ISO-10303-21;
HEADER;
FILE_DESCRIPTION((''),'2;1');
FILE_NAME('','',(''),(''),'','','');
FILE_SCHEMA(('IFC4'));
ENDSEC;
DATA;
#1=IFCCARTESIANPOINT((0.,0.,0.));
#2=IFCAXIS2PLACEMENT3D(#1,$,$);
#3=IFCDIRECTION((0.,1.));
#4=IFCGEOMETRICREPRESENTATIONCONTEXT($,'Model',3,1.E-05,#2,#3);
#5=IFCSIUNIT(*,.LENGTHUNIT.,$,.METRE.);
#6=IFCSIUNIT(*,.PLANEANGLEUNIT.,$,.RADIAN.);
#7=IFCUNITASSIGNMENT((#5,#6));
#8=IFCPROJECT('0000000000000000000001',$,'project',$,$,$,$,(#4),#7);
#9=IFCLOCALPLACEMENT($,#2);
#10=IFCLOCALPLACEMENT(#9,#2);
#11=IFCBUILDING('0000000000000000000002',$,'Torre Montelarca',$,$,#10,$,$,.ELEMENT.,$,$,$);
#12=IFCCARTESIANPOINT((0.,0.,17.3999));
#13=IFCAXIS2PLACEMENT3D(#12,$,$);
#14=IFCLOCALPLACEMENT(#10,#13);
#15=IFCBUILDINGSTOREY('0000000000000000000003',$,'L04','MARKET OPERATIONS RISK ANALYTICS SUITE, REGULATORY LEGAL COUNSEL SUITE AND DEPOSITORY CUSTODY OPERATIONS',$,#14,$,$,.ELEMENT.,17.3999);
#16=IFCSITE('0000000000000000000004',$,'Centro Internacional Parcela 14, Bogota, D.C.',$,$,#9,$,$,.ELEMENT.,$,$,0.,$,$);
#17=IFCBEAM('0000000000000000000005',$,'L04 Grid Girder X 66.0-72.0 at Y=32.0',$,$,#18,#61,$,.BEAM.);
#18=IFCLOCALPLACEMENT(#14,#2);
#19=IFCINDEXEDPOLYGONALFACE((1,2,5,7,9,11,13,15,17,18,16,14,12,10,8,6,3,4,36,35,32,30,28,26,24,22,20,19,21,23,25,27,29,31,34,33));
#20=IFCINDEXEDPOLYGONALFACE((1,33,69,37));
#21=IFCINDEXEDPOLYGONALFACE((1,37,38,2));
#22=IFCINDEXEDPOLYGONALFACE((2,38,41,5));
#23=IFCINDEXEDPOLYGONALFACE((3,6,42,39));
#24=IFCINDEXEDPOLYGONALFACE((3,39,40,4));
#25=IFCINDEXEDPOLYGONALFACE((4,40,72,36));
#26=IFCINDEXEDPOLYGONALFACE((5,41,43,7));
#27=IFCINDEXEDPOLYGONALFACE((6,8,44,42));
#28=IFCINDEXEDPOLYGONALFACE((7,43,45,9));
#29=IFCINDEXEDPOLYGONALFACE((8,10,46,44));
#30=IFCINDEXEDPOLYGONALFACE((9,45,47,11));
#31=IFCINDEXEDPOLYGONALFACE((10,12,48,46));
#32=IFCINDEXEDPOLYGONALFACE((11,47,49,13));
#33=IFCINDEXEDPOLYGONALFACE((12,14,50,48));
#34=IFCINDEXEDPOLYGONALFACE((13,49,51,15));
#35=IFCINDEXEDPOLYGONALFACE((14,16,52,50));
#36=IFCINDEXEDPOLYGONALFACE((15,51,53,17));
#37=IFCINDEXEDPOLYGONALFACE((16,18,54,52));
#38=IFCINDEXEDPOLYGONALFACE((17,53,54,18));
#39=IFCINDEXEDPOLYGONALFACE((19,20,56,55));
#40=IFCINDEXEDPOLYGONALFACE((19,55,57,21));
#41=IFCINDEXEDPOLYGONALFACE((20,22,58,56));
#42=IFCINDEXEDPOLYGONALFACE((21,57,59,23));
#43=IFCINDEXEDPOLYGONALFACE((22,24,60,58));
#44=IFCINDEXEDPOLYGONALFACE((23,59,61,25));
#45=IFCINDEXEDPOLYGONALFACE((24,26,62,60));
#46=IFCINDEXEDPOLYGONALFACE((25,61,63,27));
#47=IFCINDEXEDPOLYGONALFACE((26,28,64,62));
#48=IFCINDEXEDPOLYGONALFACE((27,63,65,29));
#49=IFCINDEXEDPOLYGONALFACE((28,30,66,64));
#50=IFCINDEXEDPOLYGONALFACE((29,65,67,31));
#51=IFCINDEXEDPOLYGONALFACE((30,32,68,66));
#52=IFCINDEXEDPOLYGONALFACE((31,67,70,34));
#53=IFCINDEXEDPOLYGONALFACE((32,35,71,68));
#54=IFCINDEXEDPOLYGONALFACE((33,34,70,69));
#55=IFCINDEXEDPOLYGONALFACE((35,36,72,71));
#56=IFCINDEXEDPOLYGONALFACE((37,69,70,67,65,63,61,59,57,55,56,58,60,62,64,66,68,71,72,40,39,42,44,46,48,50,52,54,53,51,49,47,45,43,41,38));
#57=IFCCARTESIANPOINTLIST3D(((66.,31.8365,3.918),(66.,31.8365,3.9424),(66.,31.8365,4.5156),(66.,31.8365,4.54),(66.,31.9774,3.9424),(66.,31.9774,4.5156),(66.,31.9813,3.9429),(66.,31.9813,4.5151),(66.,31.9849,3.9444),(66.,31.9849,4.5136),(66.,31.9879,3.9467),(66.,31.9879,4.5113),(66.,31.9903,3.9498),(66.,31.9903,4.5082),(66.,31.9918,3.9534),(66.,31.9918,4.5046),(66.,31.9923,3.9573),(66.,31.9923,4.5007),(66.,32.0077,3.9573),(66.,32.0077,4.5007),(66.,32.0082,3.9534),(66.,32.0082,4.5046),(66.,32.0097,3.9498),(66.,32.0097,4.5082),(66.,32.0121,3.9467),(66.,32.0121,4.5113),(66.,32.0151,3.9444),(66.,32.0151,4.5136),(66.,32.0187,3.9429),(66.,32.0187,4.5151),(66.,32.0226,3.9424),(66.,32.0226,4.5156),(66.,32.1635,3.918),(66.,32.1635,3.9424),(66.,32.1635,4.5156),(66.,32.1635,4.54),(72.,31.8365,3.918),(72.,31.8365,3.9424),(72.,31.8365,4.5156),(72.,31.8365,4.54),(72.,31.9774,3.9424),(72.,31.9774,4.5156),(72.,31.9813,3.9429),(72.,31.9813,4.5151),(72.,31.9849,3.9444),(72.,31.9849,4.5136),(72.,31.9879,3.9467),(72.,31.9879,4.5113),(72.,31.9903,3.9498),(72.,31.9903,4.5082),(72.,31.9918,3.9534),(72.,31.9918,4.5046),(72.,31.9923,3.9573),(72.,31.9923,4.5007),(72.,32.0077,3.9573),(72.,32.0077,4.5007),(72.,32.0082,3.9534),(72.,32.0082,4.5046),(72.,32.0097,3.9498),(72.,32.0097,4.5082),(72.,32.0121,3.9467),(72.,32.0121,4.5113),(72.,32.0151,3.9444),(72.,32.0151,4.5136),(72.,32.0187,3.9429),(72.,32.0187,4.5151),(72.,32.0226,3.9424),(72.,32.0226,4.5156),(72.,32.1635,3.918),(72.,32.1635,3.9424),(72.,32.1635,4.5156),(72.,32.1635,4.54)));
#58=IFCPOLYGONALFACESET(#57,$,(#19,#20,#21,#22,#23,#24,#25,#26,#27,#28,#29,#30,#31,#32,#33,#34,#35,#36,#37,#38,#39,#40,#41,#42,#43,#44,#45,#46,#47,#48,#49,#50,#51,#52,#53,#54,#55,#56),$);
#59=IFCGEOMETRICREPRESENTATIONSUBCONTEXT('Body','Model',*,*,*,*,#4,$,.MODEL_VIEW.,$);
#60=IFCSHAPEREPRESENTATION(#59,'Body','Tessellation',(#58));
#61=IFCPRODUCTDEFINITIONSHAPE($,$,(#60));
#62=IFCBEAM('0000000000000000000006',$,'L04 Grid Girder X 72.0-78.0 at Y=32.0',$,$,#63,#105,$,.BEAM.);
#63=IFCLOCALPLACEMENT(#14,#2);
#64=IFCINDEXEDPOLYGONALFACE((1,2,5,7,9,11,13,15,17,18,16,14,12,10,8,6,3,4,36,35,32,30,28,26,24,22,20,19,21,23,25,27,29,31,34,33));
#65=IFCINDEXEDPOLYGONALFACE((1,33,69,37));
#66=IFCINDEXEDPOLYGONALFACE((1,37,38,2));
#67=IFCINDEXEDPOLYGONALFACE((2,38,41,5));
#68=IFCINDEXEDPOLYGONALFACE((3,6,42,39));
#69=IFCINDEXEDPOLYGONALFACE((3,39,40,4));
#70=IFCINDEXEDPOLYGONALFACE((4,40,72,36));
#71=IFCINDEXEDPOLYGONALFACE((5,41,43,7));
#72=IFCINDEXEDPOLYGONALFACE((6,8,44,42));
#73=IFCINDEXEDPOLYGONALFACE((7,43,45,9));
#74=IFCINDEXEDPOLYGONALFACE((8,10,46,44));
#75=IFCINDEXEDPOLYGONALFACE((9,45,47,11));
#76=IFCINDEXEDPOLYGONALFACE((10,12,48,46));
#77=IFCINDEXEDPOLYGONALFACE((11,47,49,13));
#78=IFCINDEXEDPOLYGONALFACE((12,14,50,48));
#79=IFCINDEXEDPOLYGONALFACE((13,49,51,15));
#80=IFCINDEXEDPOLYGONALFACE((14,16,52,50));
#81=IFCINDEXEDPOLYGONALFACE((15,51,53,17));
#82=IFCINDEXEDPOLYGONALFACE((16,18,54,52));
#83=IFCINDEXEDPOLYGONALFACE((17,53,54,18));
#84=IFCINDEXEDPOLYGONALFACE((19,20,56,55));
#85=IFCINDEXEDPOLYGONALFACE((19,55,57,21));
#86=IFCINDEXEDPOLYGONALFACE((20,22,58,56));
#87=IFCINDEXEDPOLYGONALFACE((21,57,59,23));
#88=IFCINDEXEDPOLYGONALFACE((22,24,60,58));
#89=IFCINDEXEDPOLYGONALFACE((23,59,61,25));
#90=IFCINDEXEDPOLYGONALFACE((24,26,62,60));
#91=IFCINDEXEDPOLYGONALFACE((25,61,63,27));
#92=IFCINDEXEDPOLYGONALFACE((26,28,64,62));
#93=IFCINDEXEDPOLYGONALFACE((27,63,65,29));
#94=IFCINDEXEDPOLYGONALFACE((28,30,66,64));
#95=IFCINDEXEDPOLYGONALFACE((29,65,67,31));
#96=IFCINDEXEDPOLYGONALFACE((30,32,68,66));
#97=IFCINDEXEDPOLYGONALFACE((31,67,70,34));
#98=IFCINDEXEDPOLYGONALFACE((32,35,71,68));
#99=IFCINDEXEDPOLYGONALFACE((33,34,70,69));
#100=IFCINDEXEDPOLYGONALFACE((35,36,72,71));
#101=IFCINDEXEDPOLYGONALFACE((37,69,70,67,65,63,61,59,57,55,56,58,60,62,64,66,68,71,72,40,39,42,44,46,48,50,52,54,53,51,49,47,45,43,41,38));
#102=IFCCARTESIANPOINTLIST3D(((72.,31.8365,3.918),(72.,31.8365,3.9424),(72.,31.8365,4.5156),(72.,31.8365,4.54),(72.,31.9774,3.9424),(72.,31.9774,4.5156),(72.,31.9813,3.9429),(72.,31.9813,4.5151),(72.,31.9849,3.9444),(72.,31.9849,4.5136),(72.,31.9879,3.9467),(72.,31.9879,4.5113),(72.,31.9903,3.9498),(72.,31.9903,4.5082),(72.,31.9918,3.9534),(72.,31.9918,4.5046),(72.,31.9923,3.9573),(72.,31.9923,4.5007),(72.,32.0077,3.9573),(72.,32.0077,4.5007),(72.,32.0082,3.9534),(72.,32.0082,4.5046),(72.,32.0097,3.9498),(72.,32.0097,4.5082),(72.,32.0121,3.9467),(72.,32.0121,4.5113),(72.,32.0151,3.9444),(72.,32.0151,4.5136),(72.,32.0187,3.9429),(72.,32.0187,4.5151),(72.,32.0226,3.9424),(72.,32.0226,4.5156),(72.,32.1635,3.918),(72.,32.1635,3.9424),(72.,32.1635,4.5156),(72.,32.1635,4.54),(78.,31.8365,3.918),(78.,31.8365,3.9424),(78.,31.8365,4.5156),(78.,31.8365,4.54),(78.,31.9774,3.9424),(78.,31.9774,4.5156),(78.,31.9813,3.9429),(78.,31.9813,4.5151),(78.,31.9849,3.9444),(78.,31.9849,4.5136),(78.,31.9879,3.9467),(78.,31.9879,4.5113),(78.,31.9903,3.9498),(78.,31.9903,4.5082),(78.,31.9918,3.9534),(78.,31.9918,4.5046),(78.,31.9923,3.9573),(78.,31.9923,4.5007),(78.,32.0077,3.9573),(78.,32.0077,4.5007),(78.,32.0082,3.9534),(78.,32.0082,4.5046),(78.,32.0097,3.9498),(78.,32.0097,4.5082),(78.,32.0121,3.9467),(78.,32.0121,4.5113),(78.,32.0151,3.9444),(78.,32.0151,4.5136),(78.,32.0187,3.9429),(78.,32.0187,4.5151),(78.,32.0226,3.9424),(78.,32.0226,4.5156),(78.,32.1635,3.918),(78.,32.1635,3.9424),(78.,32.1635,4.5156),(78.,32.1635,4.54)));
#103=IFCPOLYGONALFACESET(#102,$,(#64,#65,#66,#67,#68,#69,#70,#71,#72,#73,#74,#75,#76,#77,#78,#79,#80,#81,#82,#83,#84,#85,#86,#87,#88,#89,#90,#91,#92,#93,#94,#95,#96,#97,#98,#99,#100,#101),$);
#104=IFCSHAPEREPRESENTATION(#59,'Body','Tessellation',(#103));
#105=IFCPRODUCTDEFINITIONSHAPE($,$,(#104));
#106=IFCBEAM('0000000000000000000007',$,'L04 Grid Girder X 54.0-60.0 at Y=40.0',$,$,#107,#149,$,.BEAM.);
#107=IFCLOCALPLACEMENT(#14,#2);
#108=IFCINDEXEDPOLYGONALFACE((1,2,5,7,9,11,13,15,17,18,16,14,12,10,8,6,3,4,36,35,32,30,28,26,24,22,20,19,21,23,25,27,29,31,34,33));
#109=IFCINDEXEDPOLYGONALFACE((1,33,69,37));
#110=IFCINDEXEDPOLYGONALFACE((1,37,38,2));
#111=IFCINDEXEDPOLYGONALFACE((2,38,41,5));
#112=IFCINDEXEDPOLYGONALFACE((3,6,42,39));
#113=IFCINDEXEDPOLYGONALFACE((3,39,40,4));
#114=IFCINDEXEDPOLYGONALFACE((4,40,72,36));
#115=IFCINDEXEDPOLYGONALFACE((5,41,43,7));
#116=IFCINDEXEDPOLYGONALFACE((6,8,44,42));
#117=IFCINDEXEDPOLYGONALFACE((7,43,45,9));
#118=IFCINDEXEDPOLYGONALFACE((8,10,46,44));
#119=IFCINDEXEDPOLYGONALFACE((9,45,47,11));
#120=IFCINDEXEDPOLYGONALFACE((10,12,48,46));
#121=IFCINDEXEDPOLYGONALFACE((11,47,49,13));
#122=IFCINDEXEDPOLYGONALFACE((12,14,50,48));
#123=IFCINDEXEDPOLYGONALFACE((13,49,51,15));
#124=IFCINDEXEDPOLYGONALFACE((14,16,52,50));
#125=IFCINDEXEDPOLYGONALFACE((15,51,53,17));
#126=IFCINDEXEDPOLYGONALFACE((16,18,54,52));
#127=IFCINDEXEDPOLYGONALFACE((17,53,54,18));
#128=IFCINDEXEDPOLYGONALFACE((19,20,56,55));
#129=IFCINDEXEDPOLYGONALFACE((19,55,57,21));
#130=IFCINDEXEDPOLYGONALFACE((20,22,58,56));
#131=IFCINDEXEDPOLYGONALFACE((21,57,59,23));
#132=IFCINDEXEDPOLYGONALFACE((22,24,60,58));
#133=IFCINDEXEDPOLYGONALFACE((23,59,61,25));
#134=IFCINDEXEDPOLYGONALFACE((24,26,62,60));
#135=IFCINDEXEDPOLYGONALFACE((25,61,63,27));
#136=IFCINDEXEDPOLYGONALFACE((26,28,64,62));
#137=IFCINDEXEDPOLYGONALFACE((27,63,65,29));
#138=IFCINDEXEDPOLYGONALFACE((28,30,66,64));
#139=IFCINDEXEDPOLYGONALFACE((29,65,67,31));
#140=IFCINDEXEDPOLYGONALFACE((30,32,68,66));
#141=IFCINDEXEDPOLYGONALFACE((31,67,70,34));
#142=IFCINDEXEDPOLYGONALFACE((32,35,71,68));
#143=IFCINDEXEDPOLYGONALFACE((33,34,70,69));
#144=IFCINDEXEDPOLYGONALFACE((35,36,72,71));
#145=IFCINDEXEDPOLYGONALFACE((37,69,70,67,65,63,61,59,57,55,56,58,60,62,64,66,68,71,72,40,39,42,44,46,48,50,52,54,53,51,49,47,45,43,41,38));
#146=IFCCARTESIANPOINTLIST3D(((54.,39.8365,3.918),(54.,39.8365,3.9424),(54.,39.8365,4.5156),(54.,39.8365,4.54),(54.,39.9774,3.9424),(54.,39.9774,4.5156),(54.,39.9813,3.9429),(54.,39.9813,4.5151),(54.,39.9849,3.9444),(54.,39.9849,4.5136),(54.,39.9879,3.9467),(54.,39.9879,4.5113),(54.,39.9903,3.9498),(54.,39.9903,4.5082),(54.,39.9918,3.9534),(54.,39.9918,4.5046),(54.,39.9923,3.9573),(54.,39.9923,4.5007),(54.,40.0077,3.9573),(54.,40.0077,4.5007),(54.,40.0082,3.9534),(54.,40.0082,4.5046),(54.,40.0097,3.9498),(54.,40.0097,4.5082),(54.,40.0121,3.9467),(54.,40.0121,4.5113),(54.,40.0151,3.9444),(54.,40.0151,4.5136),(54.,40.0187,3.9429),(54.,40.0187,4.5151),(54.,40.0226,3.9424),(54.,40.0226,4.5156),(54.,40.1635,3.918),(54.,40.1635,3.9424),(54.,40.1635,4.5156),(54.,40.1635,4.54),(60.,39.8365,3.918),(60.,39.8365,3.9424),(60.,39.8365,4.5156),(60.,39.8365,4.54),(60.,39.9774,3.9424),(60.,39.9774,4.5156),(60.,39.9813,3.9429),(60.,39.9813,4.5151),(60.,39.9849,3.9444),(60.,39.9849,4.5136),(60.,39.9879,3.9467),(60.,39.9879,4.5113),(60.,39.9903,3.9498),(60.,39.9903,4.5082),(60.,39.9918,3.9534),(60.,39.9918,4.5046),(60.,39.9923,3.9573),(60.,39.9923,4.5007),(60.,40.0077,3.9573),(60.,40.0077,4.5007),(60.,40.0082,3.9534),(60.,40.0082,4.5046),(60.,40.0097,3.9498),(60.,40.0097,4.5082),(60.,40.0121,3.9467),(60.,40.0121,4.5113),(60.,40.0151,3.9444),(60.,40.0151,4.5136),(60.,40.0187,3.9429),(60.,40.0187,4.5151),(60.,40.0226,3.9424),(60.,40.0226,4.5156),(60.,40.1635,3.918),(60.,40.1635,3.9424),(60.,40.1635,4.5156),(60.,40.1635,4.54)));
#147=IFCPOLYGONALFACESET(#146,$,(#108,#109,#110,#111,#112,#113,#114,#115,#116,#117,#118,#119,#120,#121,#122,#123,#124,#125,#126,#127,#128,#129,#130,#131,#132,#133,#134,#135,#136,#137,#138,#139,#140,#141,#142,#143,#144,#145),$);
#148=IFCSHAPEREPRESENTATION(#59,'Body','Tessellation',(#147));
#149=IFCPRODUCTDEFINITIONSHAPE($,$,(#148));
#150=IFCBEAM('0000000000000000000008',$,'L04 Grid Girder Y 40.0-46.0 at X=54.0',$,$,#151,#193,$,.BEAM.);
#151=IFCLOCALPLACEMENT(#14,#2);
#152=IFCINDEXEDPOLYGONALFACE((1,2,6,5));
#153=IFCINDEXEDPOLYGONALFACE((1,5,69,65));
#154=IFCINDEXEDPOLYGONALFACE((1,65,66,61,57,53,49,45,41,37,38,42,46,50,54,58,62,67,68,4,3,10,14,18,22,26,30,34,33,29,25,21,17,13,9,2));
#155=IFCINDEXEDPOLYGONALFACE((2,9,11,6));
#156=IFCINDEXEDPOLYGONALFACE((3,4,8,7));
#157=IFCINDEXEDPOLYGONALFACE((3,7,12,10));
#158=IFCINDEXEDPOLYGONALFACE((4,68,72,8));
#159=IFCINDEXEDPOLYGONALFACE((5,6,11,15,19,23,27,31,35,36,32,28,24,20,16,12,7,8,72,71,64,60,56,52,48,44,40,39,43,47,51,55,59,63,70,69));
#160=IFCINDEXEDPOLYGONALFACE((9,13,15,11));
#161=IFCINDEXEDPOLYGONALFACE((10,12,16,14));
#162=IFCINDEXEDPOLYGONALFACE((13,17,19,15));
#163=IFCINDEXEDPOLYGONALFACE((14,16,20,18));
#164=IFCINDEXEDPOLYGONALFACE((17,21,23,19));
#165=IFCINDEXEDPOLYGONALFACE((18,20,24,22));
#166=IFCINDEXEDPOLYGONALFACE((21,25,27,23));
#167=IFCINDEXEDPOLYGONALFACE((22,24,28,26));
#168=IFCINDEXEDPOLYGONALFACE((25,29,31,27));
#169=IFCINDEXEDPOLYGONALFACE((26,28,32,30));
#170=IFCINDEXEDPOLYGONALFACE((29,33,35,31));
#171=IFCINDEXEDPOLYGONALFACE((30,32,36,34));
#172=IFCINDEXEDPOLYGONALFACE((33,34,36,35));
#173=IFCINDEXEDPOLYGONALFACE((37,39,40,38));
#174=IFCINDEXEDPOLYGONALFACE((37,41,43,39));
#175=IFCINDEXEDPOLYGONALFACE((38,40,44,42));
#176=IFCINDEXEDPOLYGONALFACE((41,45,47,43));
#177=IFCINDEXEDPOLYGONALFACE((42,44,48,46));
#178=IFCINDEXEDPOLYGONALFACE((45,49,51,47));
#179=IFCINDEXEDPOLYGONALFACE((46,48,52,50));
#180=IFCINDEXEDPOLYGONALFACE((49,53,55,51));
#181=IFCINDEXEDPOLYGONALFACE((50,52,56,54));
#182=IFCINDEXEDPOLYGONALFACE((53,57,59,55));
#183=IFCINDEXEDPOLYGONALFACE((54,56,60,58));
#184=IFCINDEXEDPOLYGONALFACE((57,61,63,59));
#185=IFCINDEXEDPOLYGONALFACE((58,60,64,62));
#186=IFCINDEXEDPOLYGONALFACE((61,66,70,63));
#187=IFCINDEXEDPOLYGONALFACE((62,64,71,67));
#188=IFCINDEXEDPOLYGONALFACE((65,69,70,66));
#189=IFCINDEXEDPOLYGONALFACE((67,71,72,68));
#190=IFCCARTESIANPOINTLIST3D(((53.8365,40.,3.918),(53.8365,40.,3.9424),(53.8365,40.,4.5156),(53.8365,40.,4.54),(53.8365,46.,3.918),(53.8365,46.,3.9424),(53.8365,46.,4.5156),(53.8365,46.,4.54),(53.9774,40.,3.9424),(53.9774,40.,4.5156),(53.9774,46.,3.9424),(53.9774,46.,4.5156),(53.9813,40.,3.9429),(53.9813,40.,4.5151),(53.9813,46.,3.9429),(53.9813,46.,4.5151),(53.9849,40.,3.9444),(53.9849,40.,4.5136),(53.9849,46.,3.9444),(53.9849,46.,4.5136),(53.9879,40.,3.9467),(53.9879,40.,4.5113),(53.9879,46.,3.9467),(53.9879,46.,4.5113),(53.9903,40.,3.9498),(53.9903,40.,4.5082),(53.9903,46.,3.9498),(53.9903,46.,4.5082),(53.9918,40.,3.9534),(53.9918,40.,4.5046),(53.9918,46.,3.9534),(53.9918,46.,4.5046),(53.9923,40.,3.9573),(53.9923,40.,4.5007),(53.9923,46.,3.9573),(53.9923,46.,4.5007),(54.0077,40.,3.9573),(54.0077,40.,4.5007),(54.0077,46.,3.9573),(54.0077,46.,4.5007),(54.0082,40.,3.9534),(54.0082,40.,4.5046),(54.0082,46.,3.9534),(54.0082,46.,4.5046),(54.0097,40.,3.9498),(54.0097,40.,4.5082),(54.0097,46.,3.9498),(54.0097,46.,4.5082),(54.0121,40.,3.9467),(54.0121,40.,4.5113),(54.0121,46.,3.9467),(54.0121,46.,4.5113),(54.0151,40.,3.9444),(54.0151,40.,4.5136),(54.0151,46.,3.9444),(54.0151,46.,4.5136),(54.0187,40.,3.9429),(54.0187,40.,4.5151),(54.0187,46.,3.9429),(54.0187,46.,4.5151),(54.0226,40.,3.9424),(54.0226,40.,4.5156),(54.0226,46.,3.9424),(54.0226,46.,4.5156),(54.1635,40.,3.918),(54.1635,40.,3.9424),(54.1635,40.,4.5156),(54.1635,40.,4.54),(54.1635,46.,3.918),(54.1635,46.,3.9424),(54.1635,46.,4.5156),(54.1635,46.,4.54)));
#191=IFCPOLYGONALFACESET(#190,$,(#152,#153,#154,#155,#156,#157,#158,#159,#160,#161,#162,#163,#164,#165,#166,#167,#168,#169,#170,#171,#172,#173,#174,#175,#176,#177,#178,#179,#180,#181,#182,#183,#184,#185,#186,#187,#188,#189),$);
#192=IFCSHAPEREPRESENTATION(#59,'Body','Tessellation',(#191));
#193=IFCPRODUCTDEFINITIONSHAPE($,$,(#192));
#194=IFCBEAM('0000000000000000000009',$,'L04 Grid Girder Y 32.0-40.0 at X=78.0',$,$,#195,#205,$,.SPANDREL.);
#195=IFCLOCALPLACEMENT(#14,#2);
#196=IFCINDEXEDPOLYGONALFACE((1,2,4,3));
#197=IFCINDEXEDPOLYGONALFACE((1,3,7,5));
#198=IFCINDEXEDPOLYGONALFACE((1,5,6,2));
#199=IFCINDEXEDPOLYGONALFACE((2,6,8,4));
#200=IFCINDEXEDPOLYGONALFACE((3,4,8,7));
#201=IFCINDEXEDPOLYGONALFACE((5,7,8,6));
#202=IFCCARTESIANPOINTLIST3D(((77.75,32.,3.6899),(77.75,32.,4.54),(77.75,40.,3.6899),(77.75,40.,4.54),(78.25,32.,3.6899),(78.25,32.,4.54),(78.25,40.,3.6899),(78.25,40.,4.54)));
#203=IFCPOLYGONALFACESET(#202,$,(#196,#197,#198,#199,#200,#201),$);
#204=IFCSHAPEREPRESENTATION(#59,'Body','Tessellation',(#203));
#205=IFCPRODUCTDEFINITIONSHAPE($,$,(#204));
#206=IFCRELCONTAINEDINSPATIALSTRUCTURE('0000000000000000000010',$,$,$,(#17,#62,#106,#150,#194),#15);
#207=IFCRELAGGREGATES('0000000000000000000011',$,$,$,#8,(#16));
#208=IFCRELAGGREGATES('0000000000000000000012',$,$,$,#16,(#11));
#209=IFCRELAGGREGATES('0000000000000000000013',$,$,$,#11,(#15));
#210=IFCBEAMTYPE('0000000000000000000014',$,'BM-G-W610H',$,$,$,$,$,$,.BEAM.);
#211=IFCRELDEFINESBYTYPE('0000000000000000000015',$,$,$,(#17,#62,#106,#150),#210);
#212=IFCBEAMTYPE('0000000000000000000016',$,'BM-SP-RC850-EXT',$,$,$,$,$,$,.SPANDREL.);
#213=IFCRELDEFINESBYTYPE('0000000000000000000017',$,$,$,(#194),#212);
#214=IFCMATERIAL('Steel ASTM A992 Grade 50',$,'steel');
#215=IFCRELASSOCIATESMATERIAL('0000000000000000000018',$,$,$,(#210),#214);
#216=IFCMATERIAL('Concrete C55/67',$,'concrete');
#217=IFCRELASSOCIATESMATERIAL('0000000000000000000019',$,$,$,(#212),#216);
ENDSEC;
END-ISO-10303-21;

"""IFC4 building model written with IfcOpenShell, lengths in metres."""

from ifc_helpers import new_model, si_unit, direction, frame, origin, origin_2d, place, context, subcontext, project, spatial, rectangle, i_section, extrude, source, transform, mapped, material, material_profile, profile_set, type_object, element, save


model = new_model("IFC4")

# Units and contexts
model_context = context("Model", 3, precision=1e-05, world=origin(), true_north=direction((0.0, 1.0)))
body_context = subcontext(model_context, "Body", "Model", "MODEL_VIEW")
ifc_project = project(units=[si_unit("LENGTHUNIT", "METRE"), si_unit("PLANEANGLEUNIT", "RADIAN")], contexts=[model_context])

# Site, building, storey
site_placement = place(None, origin())
site = spatial("IfcSite", under=ifc_project, at=site_placement, Name="Centro Internacional Parcela 14, Bogota, D.C.", CompositionType="ELEMENT", RefElevation=0.0)
building_placement = place(site_placement, origin())
building = spatial("IfcBuilding", under=site, at=building_placement, Name="Torre Montelarca", CompositionType="ELEMENT")
storey_placement = place(building_placement, frame((0.0, 0.0, 17.3999)))
storey = spatial("IfcBuildingStorey", under=building, at=storey_placement, Name="L04", Description="MARKET OPERATIONS RISK ANALYTICS SUITE, REGULATORY LEGAL COUNSEL SUITE AND DEPOSITORY CUSTODY OPERATIONS", CompositionType="ELEMENT", Elevation=17.3999)

# Shared definitions
ifc_material_1 = material(Name="Steel ASTM A992 Grade 50", Category="steel")

# Beams
ifc_material_profile_1 = material_profile(ifc_material_1, i_section(OverallWidth=0.3269, OverallDepth=0.6221, WebThickness=0.0154, FlangeThickness=0.0244, FilletRadius=0.0149, at=origin_2d()), Name="W610X195", Category="steel")
ifc_profile_set_1 = profile_set([ifc_material_profile_1], Name="Steel ASTM A992 Grade 50")
beam_type_1 = type_object("IfcBeamType", Name="BM-G-W610H", PredefinedType="BEAM", material=ifc_profile_set_1)
shared_shape_1 = source(origin(), body_context, "Body", "SweptSolid", [
    extrude(i_section(OverallWidth=0.3269, OverallDepth=0.6221, WebThickness=0.0154, FlangeThickness=0.0244, FilletRadius=0.0149, at=origin_2d()), origin(), (0.0, 0.0, 1.0), 6.0),
])
for number, where, z_axis, x_axis, name in (
    (1, (66.0, 32.0, 4.229), (1.0, 0.0, 0.0), (0.0, 1.0, 0.0), "L04 Grid Girder X 66.0-72.0 at Y=32.0"),
    (2, (72.0, 32.0, 4.229), (1.0, 0.0, 0.0), (0.0, 1.0, 0.0), "L04 Grid Girder X 72.0-78.0 at Y=32.0"),
    (3, (54.0, 40.0, 4.229), (1.0, 0.0, 0.0), (0.0, 1.0, 0.0), "L04 Grid Girder X 54.0-60.0 at Y=40.0"),
    (4, (54.0, 40.0, 4.229), (0.0, 1.0, 0.0), (-1.0, 0.0, 0.0), "L04 Grid Girder Y 40.0-46.0 at X=54.0"),
):
    element("IfcBeam", number, at=place(storey_placement, frame(where, z_axis=z_axis, x_axis=x_axis)), inside=storey, type_object=beam_type_1, Name=name, PredefinedType="BEAM", context=body_context, shape_type="MappedRepresentation", body=[
        mapped(shared_shape_1, transform((0.0, 0.0, 0.0), scale=1.0)),
    ])
ifc_material_2 = material(Name="Concrete C55/67", Category="concrete")
ifc_material_profile_2 = material_profile(ifc_material_2, rectangle(XDim=0.5, YDim=0.8501, at=origin_2d()), Name="RCB500X850", Category="concrete")
ifc_profile_set_2 = profile_set([ifc_material_profile_2], Name="Concrete C55/67")
beam_type_2 = type_object("IfcBeamType", Name="BM-SP-RC850-EXT", PredefinedType="SPANDREL", material=ifc_profile_set_2)
shared_shape_2 = source(origin(), body_context, "Body", "SweptSolid", [
    extrude(rectangle(XDim=0.5, YDim=0.8501, at=origin_2d()), origin(), (0.0, 0.0, 1.0), 8.0),
])
beam_placement = place(storey_placement, frame((78.0, 32.0, 4.115), z_axis=(0.0, 1.0, 0.0), x_axis=(-1.0, 0.0, 0.0)))
element("IfcBeam", 5, at=beam_placement, inside=storey, type_object=beam_type_2, Name="L04 Grid Girder Y 32.0-40.0 at X=78.0", PredefinedType="SPANDREL", context=body_context, shape_type="MappedRepresentation", body=[
    mapped(shared_shape_2, transform((0.0, 0.0, 0.0), scale=1.0)),
])

save(model, "model.ifc")
